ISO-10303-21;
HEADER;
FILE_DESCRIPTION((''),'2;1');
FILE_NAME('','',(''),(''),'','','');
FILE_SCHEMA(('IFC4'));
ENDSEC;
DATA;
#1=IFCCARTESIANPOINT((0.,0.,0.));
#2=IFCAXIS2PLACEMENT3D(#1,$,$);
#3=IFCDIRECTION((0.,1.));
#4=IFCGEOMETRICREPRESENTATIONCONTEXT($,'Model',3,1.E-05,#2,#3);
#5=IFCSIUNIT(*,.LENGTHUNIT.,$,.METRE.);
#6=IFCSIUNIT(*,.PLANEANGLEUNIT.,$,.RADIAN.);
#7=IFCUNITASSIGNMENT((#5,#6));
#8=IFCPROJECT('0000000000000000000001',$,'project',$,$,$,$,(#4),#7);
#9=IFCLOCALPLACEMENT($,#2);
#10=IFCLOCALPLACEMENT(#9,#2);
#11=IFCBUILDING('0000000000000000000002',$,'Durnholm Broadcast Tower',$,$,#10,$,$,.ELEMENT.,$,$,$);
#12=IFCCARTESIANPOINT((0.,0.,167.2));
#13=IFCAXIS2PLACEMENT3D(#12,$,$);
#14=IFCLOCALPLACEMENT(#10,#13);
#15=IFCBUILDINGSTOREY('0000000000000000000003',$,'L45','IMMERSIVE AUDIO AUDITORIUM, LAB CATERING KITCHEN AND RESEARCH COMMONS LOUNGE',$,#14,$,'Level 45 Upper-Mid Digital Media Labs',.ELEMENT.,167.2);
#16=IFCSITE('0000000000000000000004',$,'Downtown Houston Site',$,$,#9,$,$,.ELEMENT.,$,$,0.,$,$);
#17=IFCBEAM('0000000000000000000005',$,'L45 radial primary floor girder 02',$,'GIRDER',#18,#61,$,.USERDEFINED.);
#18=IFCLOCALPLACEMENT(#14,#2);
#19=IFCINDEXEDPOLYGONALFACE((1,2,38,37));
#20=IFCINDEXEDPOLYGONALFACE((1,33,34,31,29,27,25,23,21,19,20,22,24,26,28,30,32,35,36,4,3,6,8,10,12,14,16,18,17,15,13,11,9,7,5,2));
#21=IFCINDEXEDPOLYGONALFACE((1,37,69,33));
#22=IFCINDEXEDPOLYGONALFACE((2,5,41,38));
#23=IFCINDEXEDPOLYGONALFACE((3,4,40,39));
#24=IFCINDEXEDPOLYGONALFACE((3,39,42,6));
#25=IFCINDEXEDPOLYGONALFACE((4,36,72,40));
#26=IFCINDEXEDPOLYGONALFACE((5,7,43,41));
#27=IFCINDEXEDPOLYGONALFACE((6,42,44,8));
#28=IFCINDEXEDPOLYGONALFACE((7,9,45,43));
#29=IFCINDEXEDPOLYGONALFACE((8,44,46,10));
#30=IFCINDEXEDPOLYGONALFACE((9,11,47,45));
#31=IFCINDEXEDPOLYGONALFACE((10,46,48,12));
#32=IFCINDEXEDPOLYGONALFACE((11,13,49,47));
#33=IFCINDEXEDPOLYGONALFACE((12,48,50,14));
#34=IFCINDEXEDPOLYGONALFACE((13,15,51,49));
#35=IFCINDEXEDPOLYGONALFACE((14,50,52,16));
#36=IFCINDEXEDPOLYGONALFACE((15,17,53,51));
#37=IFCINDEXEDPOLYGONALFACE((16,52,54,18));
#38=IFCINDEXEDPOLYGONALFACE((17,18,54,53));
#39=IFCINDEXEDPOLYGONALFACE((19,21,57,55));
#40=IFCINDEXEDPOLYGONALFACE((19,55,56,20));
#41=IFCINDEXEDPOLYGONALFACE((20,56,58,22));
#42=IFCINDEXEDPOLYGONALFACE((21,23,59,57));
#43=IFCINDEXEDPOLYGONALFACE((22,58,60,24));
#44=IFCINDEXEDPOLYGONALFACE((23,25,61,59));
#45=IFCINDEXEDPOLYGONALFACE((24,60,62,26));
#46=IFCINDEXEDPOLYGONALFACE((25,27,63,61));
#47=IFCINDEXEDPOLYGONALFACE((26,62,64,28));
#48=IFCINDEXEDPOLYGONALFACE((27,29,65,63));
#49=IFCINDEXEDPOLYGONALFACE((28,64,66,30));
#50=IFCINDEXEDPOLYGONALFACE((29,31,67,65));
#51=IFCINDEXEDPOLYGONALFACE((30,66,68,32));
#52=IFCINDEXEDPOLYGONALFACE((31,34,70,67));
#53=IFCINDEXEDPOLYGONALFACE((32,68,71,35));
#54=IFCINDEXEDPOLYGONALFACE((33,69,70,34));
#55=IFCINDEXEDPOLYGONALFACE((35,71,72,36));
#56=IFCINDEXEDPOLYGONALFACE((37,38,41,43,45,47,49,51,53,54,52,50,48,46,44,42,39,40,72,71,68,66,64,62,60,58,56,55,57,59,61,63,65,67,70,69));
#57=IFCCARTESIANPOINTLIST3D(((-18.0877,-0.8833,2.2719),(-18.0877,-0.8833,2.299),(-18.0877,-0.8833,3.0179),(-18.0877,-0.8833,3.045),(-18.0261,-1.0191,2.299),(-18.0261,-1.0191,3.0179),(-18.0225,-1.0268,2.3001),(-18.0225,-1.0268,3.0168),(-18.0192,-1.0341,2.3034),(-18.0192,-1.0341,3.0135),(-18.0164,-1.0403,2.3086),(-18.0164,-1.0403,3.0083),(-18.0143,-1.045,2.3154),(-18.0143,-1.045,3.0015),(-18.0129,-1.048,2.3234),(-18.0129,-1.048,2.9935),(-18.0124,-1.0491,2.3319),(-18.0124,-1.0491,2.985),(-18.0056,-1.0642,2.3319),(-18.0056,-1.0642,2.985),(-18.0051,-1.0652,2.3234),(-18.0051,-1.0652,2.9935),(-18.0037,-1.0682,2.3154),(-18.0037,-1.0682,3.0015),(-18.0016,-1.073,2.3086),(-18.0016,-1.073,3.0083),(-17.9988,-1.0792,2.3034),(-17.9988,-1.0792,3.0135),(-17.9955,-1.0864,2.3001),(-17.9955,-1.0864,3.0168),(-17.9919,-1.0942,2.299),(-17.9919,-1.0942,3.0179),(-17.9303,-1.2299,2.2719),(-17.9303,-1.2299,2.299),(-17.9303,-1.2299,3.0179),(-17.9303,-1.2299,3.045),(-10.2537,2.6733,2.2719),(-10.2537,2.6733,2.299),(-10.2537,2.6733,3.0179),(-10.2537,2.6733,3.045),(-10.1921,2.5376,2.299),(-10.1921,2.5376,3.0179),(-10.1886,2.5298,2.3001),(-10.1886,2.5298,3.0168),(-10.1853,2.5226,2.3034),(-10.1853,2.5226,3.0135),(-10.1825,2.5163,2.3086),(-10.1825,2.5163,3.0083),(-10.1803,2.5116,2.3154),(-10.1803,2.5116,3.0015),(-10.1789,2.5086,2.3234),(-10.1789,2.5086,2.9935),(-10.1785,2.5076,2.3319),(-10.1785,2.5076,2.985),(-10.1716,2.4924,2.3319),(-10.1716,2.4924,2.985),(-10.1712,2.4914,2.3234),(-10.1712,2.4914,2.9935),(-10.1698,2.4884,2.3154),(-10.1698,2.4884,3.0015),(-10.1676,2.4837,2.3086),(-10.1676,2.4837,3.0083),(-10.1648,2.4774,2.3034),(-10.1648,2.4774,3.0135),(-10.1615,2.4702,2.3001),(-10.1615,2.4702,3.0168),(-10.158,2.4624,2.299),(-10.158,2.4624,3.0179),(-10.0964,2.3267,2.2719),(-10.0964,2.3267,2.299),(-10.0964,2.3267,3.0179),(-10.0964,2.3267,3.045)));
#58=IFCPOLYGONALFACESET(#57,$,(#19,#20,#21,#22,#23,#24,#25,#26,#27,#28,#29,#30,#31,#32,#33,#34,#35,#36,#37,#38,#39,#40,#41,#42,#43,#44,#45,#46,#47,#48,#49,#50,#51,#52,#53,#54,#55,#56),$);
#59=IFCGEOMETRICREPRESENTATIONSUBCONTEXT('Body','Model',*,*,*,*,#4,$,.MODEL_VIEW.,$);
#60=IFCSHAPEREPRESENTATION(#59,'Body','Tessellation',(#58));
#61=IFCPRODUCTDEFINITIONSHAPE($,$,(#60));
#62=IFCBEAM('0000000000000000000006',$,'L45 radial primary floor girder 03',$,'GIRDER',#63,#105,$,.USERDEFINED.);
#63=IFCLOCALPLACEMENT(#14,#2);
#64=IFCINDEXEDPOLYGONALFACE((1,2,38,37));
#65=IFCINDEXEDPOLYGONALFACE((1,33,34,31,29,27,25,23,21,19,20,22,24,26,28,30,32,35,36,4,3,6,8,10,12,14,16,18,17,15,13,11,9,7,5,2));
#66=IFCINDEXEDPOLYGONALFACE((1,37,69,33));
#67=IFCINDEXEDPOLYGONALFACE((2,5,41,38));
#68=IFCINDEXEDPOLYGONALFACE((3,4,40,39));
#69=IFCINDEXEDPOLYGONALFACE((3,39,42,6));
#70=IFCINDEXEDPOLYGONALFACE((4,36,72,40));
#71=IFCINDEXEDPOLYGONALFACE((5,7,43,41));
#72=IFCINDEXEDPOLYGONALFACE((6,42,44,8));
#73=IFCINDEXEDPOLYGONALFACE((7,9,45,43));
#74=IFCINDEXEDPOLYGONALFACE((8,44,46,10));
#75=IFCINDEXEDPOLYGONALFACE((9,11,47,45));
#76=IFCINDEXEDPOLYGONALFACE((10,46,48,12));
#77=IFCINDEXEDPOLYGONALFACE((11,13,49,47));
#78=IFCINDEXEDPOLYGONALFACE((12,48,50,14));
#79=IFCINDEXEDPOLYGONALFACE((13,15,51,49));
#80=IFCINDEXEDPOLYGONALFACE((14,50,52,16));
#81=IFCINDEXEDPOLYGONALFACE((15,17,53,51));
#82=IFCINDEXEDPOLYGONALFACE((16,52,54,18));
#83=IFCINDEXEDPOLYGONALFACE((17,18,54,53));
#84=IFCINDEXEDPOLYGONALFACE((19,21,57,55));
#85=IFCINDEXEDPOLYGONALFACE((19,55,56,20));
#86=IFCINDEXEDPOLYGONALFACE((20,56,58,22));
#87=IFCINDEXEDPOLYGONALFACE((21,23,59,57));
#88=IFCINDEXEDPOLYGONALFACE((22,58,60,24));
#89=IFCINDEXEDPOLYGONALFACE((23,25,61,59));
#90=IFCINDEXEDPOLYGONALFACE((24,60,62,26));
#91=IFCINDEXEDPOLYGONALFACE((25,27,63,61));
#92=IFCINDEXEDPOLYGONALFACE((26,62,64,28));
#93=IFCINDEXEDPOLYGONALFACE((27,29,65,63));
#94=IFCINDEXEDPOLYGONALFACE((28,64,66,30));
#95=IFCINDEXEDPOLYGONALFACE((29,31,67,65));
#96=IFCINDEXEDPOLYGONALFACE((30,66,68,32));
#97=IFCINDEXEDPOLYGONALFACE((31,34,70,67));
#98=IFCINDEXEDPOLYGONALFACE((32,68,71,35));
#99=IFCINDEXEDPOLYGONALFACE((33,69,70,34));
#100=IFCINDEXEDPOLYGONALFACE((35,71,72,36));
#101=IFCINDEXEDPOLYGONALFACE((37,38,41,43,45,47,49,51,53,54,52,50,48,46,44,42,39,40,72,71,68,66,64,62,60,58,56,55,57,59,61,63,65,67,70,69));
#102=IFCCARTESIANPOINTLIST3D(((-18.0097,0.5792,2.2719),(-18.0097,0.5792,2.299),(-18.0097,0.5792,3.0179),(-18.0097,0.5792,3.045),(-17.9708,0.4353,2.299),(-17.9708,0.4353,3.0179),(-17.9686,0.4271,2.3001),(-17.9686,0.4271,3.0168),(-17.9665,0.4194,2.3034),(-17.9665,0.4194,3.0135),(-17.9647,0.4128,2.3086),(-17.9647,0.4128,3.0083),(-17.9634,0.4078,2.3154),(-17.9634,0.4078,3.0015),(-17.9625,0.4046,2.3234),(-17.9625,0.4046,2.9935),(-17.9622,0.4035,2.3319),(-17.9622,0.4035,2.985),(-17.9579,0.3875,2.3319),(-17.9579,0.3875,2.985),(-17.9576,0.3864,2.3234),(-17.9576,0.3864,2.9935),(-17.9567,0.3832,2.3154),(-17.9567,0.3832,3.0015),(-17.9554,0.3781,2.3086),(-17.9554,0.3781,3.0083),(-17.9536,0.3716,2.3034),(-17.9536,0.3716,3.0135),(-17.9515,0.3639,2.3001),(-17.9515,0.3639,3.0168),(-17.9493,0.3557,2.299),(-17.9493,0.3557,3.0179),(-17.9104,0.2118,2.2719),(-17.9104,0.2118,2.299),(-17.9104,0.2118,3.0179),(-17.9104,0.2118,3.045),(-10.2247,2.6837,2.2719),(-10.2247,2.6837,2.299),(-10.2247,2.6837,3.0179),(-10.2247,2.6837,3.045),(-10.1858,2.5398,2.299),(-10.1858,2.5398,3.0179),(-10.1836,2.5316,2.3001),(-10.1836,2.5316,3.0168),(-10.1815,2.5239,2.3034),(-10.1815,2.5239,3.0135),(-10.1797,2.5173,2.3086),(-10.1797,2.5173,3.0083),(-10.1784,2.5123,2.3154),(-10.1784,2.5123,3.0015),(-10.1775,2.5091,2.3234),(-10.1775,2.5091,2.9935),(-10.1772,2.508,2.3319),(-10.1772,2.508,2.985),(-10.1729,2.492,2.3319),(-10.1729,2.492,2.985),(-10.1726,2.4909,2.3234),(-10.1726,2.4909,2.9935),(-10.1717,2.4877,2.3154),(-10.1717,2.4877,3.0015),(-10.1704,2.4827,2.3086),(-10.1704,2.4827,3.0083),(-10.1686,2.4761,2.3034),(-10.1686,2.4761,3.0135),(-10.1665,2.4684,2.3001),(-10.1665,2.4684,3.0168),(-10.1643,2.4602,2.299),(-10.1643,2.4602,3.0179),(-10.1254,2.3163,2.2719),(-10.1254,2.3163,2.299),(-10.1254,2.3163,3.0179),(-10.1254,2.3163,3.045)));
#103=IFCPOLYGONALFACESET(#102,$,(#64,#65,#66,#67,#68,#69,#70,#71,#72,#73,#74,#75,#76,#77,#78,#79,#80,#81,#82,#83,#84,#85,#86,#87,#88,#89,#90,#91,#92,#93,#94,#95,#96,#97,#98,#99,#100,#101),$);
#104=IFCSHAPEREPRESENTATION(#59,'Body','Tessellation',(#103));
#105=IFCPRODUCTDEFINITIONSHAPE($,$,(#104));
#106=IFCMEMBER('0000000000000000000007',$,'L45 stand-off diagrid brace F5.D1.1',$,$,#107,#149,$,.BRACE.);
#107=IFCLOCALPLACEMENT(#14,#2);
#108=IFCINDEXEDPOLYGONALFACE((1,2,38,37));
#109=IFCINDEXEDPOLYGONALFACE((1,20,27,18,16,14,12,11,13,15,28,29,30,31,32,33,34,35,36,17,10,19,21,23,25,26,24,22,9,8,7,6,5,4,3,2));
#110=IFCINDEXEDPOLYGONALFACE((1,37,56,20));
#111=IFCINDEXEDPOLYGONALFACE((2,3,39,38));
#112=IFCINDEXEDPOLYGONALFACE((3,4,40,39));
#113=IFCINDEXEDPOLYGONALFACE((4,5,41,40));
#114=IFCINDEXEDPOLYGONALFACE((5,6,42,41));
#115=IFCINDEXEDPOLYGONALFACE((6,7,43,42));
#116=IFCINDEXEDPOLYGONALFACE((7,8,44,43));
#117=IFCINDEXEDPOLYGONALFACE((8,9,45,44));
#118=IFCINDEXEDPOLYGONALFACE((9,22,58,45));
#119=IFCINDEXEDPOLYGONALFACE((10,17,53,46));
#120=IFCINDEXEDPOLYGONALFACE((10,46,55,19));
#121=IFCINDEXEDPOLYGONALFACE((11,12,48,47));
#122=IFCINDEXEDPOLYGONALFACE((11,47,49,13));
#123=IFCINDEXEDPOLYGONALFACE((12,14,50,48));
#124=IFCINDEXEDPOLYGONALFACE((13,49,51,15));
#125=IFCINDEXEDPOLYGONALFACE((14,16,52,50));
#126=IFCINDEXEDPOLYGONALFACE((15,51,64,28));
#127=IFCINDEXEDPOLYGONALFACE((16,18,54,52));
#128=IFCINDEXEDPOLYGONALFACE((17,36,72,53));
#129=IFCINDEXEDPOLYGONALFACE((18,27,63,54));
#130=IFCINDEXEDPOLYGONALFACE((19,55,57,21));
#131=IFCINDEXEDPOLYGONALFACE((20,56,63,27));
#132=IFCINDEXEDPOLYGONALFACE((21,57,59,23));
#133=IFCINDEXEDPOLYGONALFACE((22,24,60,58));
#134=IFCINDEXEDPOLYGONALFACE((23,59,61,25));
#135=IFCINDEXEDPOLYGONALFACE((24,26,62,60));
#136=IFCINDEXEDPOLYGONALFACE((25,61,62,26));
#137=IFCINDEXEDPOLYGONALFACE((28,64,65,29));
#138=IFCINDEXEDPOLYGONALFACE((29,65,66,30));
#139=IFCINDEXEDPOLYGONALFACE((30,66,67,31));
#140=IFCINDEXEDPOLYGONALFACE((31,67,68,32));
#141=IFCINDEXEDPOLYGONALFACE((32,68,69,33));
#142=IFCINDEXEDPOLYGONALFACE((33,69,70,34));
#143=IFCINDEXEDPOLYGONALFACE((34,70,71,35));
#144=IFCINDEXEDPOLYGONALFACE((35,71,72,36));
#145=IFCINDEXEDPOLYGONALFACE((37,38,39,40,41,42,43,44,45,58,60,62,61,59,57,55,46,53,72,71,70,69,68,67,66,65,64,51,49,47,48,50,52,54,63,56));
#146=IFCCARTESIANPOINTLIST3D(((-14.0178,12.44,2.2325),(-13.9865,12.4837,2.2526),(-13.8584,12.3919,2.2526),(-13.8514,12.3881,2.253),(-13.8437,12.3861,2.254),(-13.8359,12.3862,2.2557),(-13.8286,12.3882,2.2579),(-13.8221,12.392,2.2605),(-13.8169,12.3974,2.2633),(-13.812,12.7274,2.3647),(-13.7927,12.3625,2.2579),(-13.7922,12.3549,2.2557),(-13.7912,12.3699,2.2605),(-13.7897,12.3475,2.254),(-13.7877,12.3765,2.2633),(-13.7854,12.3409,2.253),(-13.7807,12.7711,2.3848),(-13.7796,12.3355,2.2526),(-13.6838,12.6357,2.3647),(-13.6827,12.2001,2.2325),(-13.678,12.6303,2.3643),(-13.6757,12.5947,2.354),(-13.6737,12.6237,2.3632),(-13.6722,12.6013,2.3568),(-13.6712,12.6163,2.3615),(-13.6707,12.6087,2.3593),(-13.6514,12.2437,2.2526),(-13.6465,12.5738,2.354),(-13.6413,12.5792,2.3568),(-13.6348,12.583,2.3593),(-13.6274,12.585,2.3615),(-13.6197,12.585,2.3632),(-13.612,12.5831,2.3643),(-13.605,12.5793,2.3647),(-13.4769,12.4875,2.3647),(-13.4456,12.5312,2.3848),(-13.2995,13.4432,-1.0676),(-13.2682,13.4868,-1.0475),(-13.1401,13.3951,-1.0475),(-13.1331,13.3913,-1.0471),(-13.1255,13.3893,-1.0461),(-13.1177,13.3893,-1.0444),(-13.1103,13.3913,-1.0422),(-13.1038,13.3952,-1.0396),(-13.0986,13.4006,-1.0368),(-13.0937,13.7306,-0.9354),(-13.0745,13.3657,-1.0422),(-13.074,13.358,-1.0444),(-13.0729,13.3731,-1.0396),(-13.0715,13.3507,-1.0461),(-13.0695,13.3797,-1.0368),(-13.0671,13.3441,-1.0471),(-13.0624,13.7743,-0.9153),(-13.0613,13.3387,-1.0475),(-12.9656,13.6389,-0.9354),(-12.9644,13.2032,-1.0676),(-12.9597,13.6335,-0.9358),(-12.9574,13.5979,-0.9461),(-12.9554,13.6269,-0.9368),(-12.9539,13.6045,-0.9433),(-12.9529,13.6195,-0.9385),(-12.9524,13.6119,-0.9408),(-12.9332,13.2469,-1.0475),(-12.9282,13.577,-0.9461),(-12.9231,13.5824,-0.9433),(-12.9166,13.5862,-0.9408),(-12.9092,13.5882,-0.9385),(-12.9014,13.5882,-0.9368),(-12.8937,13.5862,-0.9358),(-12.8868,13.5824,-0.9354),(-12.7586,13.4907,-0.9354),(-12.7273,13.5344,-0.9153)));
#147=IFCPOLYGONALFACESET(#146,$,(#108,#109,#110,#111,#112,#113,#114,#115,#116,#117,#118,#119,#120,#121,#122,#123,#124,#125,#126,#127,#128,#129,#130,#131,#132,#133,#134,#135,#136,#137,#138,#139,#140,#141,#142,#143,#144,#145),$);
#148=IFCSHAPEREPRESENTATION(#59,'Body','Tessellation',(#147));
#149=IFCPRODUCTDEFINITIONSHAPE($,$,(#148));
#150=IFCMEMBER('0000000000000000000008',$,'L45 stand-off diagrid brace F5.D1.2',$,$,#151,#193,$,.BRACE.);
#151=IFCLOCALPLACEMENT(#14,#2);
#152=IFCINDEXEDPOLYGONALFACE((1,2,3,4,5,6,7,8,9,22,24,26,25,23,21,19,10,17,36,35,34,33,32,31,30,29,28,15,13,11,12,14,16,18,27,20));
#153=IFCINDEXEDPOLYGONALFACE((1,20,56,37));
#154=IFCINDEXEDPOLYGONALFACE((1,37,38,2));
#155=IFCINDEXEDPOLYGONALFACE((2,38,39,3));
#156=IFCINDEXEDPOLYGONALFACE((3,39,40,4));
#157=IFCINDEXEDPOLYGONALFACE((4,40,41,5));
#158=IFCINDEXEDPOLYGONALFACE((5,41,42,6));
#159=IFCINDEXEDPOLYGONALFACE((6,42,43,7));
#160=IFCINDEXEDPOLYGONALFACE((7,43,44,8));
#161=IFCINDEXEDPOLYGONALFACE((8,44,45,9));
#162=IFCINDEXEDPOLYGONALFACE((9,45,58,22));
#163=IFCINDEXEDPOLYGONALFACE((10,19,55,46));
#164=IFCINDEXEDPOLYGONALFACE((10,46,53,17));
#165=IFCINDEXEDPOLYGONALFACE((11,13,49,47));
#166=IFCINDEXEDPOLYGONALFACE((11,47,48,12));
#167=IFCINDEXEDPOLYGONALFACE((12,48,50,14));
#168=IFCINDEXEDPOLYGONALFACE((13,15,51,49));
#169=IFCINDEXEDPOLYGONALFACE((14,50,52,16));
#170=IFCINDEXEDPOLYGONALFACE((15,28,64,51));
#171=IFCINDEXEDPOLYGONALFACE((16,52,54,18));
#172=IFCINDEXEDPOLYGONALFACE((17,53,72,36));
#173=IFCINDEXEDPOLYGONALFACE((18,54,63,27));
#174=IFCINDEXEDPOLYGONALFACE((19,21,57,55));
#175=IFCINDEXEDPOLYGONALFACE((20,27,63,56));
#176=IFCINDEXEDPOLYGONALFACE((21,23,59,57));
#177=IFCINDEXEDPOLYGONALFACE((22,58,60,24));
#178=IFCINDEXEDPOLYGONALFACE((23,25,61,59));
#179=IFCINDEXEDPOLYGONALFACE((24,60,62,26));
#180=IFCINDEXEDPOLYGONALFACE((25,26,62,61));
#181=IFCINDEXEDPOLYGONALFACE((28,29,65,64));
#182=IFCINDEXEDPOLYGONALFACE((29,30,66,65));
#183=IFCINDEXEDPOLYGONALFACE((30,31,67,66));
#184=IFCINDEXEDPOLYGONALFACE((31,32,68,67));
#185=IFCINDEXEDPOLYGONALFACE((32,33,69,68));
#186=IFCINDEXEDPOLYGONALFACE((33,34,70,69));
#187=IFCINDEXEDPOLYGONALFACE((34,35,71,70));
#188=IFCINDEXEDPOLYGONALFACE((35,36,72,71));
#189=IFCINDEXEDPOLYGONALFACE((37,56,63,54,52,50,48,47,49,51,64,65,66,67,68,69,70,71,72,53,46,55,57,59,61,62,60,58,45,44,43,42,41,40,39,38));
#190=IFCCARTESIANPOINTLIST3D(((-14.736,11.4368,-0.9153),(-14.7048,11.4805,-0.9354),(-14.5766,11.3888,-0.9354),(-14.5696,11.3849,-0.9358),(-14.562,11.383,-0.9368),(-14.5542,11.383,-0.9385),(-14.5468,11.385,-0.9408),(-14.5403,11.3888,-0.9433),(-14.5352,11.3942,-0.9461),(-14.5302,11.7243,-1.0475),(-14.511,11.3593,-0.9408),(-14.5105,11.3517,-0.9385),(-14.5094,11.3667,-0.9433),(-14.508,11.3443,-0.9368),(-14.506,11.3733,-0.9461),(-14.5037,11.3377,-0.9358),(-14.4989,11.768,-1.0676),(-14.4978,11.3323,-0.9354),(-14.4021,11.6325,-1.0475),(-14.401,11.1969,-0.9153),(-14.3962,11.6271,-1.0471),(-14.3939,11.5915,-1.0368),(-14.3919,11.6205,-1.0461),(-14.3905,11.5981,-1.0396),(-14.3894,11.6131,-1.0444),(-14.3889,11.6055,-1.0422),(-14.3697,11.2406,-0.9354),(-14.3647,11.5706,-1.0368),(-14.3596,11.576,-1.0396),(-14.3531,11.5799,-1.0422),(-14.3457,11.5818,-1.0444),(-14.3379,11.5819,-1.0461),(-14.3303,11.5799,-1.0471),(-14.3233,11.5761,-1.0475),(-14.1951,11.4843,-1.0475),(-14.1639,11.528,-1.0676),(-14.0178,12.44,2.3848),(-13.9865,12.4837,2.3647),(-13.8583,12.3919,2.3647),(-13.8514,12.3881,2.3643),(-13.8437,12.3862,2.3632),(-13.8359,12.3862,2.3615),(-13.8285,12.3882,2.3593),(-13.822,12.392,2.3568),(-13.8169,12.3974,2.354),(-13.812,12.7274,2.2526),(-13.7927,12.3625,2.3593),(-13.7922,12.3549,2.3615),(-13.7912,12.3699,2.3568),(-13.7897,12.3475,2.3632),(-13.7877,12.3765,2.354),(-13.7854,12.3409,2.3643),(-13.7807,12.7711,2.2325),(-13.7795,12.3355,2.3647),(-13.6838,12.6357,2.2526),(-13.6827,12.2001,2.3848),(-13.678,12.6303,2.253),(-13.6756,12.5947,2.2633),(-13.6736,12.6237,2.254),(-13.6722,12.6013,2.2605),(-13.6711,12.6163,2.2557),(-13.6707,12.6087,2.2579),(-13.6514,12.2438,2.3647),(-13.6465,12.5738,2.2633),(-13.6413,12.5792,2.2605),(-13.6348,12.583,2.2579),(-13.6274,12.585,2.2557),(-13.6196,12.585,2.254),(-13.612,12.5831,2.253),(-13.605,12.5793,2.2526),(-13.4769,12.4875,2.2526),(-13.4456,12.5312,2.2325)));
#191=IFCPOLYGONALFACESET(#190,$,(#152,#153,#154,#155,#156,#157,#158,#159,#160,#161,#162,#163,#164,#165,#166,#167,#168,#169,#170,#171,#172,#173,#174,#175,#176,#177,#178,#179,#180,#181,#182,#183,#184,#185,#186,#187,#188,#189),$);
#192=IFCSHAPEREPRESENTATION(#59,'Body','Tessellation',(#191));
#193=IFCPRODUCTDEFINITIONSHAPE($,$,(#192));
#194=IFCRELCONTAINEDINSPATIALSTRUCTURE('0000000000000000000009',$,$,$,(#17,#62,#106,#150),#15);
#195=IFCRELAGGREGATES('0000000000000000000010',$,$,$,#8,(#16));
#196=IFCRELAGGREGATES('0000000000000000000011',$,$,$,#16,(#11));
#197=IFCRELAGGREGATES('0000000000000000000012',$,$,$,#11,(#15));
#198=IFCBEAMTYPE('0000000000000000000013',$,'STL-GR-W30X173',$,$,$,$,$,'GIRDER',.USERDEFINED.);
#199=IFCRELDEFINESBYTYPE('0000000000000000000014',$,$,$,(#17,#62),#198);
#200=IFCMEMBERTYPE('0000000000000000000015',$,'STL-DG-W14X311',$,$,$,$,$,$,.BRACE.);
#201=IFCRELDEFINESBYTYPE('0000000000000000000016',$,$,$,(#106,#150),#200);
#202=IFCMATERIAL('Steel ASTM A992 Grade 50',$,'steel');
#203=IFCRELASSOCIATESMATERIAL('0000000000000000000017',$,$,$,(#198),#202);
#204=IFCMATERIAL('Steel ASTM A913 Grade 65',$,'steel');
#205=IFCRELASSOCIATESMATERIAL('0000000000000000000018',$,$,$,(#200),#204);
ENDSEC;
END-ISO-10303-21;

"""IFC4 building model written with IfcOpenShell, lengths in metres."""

from ifc_helpers import new_model, si_unit, direction, frame, origin, origin_2d, place, context, subcontext, project, spatial, i_section, extrude, source, transform, mapped, material, material_profile, profile_set, type_object, type_shapes, element, save


model = new_model("IFC4")

# Units and contexts
model_context = context("Model", 3, precision=1e-05, world=origin(), true_north=direction((0.0, 1.0)))
body_context = subcontext(model_context, "Body", "Model", "MODEL_VIEW")
ifc_project = project(units=[si_unit("LENGTHUNIT", "METRE"), si_unit("PLANEANGLEUNIT", "RADIAN")], contexts=[model_context])

# Site, building, storey
site_placement = place(None, origin())
site = spatial("IfcSite", under=ifc_project, at=site_placement, Name="Downtown Houston Site", CompositionType="ELEMENT", RefElevation=0.0)
building_placement = place(site_placement, origin())
building = spatial("IfcBuilding", under=site, at=building_placement, Name="Durnholm Broadcast Tower", CompositionType="ELEMENT")
storey_placement = place(building_placement, frame((0.0, 0.0, 167.2)))
storey = spatial("IfcBuildingStorey", under=building, at=storey_placement, Name="L45", Description="IMMERSIVE AUDIO AUDITORIUM, LAB CATERING KITCHEN AND RESEARCH COMMONS LOUNGE", LongName="Level 45 Upper-Mid Digital Media Labs", CompositionType="ELEMENT", Elevation=167.2)

# Beams
ifc_material_1 = material(Name="Steel ASTM A992 Grade 50", Category="steel")
ifc_material_profile_1 = material_profile(ifc_material_1, i_section(OverallWidth=0.3806, OverallDepth=0.7732, WebThickness=0.0166, FlangeThickness=0.0271, FilletRadius=0.033, at=origin_2d()), Name="W30X173")
ifc_profile_set_1 = profile_set([ifc_material_profile_1], Name="Steel ASTM A992 Grade 50")
beam_type_1 = type_object("IfcBeamType", Name="STL-GR-W30X173", ElementType="GIRDER", PredefinedType="USERDEFINED", material=ifc_profile_set_1)
shared_shape_1 = source(origin(), body_context, "Body", "SweptSolid", [
    extrude(i_section(OverallWidth=0.3806, OverallDepth=0.7732, WebThickness=0.0166, FlangeThickness=0.0271, FilletRadius=0.033, at=origin_2d()), origin(), (0.0, 0.0, 1.0), 8.6035),
])
beam_1_placement = place(storey_placement, frame((-10.175, 2.5, 2.6584), z_axis=(-0.910553, -0.413392, 0.0), x_axis=(0.413392, -0.910553, 0.0)))
element("IfcBeam", 1, at=beam_1_placement, inside=storey, type_object=beam_type_1, Name="L45 radial primary floor girder 02", ObjectType="GIRDER", PredefinedType="USERDEFINED", context=body_context, shape_type="MappedRepresentation", body=[
    mapped(shared_shape_1, transform((0.0, 0.0, 0.0), x_axis=(1.0, 0.0, 0.0), y_axis=(0.0, 1.0, 0.0), z_axis=(0.0, 0.0, 1.0), scale=1.0)),
])
shared_shape_2 = source(origin(), body_context, "Body", "SweptSolid", [
    extrude(i_section(OverallWidth=0.3806, OverallDepth=0.7732, WebThickness=0.0166, FlangeThickness=0.0271, FilletRadius=0.033, at=origin_2d()), origin(), (0.0, 0.0, 1.0), 8.0645),
])
type_shapes(beam_type_1, [shared_shape_1, shared_shape_2])
beam_2_placement = place(storey_placement, frame((-10.175, 2.5, 2.6584), z_axis=(-0.965349, -0.260962, 0.0), x_axis=(0.260962, -0.965349, 0.0)))
element("IfcBeam", 2, at=beam_2_placement, inside=storey, type_object=beam_type_1, Name="L45 radial primary floor girder 03", ObjectType="GIRDER", PredefinedType="USERDEFINED", context=body_context, shape_type="MappedRepresentation", body=[
    mapped(shared_shape_2, transform((0.0, 0.0, 0.0), x_axis=(1.0, 0.0, 0.0), y_axis=(0.0, 1.0, 0.0), z_axis=(0.0, 0.0, 1.0), scale=1.0)),
])

# Members
ifc_material_2 = material(Name="Steel ASTM A913 Grade 65", Category="steel")
ifc_material_profile_2 = material_profile(ifc_material_2, i_section(OverallWidth=0.4121, OverallDepth=0.4348, WebThickness=0.0359, FlangeThickness=0.0574, FilletRadius=0.0305, at=origin_2d()), Name="W14X311")
ifc_profile_set_2 = profile_set([ifc_material_profile_2], Name="Steel ASTM A913 Grade 65")
member_type_1 = type_object("IfcMemberType", Name="STL-DG-W14X311", PredefinedType="BRACE", material=ifc_profile_set_2)
shared_shape_3 = source(origin(), body_context, "Body", "SweptSolid", [
    extrude(i_section(OverallWidth=0.4121, OverallDepth=0.4348, WebThickness=0.0359, FlangeThickness=0.0574, FilletRadius=0.0305, at=origin_2d()), origin(), (0.0, 0.0, 1.0), 3.5232),
])
type_shapes(member_type_1, [shared_shape_3])
for number, where, z_axis, x_axis, name in (
    (3, (-13.0134, 13.4888, -0.9915), (-0.203869, -0.284738, 0.936676), (0.813078, -0.582155, 0.0), "L45 stand-off diagrid brace F5.D1.1"),
    (4, (-14.45, 11.4824, -0.9915), (0.203869, 0.284738, 0.936676), (-0.813078, 0.582155, 0.0), "L45 stand-off diagrid brace F5.D1.2"),
):
    element("IfcMember", number, at=place(storey_placement, frame(where, z_axis=z_axis, x_axis=x_axis)), inside=storey, type_object=member_type_1, Name=name, PredefinedType="BRACE", context=body_context, shape_type="MappedRepresentation", body=[
        mapped(shared_shape_3, transform((0.0, 0.0, 0.0), x_axis=(1.0, 0.0, 0.0), y_axis=(0.0, 1.0, 0.0), z_axis=(0.0, 0.0, 1.0), scale=1.0)),
    ])

save(model, "model.ifc")
